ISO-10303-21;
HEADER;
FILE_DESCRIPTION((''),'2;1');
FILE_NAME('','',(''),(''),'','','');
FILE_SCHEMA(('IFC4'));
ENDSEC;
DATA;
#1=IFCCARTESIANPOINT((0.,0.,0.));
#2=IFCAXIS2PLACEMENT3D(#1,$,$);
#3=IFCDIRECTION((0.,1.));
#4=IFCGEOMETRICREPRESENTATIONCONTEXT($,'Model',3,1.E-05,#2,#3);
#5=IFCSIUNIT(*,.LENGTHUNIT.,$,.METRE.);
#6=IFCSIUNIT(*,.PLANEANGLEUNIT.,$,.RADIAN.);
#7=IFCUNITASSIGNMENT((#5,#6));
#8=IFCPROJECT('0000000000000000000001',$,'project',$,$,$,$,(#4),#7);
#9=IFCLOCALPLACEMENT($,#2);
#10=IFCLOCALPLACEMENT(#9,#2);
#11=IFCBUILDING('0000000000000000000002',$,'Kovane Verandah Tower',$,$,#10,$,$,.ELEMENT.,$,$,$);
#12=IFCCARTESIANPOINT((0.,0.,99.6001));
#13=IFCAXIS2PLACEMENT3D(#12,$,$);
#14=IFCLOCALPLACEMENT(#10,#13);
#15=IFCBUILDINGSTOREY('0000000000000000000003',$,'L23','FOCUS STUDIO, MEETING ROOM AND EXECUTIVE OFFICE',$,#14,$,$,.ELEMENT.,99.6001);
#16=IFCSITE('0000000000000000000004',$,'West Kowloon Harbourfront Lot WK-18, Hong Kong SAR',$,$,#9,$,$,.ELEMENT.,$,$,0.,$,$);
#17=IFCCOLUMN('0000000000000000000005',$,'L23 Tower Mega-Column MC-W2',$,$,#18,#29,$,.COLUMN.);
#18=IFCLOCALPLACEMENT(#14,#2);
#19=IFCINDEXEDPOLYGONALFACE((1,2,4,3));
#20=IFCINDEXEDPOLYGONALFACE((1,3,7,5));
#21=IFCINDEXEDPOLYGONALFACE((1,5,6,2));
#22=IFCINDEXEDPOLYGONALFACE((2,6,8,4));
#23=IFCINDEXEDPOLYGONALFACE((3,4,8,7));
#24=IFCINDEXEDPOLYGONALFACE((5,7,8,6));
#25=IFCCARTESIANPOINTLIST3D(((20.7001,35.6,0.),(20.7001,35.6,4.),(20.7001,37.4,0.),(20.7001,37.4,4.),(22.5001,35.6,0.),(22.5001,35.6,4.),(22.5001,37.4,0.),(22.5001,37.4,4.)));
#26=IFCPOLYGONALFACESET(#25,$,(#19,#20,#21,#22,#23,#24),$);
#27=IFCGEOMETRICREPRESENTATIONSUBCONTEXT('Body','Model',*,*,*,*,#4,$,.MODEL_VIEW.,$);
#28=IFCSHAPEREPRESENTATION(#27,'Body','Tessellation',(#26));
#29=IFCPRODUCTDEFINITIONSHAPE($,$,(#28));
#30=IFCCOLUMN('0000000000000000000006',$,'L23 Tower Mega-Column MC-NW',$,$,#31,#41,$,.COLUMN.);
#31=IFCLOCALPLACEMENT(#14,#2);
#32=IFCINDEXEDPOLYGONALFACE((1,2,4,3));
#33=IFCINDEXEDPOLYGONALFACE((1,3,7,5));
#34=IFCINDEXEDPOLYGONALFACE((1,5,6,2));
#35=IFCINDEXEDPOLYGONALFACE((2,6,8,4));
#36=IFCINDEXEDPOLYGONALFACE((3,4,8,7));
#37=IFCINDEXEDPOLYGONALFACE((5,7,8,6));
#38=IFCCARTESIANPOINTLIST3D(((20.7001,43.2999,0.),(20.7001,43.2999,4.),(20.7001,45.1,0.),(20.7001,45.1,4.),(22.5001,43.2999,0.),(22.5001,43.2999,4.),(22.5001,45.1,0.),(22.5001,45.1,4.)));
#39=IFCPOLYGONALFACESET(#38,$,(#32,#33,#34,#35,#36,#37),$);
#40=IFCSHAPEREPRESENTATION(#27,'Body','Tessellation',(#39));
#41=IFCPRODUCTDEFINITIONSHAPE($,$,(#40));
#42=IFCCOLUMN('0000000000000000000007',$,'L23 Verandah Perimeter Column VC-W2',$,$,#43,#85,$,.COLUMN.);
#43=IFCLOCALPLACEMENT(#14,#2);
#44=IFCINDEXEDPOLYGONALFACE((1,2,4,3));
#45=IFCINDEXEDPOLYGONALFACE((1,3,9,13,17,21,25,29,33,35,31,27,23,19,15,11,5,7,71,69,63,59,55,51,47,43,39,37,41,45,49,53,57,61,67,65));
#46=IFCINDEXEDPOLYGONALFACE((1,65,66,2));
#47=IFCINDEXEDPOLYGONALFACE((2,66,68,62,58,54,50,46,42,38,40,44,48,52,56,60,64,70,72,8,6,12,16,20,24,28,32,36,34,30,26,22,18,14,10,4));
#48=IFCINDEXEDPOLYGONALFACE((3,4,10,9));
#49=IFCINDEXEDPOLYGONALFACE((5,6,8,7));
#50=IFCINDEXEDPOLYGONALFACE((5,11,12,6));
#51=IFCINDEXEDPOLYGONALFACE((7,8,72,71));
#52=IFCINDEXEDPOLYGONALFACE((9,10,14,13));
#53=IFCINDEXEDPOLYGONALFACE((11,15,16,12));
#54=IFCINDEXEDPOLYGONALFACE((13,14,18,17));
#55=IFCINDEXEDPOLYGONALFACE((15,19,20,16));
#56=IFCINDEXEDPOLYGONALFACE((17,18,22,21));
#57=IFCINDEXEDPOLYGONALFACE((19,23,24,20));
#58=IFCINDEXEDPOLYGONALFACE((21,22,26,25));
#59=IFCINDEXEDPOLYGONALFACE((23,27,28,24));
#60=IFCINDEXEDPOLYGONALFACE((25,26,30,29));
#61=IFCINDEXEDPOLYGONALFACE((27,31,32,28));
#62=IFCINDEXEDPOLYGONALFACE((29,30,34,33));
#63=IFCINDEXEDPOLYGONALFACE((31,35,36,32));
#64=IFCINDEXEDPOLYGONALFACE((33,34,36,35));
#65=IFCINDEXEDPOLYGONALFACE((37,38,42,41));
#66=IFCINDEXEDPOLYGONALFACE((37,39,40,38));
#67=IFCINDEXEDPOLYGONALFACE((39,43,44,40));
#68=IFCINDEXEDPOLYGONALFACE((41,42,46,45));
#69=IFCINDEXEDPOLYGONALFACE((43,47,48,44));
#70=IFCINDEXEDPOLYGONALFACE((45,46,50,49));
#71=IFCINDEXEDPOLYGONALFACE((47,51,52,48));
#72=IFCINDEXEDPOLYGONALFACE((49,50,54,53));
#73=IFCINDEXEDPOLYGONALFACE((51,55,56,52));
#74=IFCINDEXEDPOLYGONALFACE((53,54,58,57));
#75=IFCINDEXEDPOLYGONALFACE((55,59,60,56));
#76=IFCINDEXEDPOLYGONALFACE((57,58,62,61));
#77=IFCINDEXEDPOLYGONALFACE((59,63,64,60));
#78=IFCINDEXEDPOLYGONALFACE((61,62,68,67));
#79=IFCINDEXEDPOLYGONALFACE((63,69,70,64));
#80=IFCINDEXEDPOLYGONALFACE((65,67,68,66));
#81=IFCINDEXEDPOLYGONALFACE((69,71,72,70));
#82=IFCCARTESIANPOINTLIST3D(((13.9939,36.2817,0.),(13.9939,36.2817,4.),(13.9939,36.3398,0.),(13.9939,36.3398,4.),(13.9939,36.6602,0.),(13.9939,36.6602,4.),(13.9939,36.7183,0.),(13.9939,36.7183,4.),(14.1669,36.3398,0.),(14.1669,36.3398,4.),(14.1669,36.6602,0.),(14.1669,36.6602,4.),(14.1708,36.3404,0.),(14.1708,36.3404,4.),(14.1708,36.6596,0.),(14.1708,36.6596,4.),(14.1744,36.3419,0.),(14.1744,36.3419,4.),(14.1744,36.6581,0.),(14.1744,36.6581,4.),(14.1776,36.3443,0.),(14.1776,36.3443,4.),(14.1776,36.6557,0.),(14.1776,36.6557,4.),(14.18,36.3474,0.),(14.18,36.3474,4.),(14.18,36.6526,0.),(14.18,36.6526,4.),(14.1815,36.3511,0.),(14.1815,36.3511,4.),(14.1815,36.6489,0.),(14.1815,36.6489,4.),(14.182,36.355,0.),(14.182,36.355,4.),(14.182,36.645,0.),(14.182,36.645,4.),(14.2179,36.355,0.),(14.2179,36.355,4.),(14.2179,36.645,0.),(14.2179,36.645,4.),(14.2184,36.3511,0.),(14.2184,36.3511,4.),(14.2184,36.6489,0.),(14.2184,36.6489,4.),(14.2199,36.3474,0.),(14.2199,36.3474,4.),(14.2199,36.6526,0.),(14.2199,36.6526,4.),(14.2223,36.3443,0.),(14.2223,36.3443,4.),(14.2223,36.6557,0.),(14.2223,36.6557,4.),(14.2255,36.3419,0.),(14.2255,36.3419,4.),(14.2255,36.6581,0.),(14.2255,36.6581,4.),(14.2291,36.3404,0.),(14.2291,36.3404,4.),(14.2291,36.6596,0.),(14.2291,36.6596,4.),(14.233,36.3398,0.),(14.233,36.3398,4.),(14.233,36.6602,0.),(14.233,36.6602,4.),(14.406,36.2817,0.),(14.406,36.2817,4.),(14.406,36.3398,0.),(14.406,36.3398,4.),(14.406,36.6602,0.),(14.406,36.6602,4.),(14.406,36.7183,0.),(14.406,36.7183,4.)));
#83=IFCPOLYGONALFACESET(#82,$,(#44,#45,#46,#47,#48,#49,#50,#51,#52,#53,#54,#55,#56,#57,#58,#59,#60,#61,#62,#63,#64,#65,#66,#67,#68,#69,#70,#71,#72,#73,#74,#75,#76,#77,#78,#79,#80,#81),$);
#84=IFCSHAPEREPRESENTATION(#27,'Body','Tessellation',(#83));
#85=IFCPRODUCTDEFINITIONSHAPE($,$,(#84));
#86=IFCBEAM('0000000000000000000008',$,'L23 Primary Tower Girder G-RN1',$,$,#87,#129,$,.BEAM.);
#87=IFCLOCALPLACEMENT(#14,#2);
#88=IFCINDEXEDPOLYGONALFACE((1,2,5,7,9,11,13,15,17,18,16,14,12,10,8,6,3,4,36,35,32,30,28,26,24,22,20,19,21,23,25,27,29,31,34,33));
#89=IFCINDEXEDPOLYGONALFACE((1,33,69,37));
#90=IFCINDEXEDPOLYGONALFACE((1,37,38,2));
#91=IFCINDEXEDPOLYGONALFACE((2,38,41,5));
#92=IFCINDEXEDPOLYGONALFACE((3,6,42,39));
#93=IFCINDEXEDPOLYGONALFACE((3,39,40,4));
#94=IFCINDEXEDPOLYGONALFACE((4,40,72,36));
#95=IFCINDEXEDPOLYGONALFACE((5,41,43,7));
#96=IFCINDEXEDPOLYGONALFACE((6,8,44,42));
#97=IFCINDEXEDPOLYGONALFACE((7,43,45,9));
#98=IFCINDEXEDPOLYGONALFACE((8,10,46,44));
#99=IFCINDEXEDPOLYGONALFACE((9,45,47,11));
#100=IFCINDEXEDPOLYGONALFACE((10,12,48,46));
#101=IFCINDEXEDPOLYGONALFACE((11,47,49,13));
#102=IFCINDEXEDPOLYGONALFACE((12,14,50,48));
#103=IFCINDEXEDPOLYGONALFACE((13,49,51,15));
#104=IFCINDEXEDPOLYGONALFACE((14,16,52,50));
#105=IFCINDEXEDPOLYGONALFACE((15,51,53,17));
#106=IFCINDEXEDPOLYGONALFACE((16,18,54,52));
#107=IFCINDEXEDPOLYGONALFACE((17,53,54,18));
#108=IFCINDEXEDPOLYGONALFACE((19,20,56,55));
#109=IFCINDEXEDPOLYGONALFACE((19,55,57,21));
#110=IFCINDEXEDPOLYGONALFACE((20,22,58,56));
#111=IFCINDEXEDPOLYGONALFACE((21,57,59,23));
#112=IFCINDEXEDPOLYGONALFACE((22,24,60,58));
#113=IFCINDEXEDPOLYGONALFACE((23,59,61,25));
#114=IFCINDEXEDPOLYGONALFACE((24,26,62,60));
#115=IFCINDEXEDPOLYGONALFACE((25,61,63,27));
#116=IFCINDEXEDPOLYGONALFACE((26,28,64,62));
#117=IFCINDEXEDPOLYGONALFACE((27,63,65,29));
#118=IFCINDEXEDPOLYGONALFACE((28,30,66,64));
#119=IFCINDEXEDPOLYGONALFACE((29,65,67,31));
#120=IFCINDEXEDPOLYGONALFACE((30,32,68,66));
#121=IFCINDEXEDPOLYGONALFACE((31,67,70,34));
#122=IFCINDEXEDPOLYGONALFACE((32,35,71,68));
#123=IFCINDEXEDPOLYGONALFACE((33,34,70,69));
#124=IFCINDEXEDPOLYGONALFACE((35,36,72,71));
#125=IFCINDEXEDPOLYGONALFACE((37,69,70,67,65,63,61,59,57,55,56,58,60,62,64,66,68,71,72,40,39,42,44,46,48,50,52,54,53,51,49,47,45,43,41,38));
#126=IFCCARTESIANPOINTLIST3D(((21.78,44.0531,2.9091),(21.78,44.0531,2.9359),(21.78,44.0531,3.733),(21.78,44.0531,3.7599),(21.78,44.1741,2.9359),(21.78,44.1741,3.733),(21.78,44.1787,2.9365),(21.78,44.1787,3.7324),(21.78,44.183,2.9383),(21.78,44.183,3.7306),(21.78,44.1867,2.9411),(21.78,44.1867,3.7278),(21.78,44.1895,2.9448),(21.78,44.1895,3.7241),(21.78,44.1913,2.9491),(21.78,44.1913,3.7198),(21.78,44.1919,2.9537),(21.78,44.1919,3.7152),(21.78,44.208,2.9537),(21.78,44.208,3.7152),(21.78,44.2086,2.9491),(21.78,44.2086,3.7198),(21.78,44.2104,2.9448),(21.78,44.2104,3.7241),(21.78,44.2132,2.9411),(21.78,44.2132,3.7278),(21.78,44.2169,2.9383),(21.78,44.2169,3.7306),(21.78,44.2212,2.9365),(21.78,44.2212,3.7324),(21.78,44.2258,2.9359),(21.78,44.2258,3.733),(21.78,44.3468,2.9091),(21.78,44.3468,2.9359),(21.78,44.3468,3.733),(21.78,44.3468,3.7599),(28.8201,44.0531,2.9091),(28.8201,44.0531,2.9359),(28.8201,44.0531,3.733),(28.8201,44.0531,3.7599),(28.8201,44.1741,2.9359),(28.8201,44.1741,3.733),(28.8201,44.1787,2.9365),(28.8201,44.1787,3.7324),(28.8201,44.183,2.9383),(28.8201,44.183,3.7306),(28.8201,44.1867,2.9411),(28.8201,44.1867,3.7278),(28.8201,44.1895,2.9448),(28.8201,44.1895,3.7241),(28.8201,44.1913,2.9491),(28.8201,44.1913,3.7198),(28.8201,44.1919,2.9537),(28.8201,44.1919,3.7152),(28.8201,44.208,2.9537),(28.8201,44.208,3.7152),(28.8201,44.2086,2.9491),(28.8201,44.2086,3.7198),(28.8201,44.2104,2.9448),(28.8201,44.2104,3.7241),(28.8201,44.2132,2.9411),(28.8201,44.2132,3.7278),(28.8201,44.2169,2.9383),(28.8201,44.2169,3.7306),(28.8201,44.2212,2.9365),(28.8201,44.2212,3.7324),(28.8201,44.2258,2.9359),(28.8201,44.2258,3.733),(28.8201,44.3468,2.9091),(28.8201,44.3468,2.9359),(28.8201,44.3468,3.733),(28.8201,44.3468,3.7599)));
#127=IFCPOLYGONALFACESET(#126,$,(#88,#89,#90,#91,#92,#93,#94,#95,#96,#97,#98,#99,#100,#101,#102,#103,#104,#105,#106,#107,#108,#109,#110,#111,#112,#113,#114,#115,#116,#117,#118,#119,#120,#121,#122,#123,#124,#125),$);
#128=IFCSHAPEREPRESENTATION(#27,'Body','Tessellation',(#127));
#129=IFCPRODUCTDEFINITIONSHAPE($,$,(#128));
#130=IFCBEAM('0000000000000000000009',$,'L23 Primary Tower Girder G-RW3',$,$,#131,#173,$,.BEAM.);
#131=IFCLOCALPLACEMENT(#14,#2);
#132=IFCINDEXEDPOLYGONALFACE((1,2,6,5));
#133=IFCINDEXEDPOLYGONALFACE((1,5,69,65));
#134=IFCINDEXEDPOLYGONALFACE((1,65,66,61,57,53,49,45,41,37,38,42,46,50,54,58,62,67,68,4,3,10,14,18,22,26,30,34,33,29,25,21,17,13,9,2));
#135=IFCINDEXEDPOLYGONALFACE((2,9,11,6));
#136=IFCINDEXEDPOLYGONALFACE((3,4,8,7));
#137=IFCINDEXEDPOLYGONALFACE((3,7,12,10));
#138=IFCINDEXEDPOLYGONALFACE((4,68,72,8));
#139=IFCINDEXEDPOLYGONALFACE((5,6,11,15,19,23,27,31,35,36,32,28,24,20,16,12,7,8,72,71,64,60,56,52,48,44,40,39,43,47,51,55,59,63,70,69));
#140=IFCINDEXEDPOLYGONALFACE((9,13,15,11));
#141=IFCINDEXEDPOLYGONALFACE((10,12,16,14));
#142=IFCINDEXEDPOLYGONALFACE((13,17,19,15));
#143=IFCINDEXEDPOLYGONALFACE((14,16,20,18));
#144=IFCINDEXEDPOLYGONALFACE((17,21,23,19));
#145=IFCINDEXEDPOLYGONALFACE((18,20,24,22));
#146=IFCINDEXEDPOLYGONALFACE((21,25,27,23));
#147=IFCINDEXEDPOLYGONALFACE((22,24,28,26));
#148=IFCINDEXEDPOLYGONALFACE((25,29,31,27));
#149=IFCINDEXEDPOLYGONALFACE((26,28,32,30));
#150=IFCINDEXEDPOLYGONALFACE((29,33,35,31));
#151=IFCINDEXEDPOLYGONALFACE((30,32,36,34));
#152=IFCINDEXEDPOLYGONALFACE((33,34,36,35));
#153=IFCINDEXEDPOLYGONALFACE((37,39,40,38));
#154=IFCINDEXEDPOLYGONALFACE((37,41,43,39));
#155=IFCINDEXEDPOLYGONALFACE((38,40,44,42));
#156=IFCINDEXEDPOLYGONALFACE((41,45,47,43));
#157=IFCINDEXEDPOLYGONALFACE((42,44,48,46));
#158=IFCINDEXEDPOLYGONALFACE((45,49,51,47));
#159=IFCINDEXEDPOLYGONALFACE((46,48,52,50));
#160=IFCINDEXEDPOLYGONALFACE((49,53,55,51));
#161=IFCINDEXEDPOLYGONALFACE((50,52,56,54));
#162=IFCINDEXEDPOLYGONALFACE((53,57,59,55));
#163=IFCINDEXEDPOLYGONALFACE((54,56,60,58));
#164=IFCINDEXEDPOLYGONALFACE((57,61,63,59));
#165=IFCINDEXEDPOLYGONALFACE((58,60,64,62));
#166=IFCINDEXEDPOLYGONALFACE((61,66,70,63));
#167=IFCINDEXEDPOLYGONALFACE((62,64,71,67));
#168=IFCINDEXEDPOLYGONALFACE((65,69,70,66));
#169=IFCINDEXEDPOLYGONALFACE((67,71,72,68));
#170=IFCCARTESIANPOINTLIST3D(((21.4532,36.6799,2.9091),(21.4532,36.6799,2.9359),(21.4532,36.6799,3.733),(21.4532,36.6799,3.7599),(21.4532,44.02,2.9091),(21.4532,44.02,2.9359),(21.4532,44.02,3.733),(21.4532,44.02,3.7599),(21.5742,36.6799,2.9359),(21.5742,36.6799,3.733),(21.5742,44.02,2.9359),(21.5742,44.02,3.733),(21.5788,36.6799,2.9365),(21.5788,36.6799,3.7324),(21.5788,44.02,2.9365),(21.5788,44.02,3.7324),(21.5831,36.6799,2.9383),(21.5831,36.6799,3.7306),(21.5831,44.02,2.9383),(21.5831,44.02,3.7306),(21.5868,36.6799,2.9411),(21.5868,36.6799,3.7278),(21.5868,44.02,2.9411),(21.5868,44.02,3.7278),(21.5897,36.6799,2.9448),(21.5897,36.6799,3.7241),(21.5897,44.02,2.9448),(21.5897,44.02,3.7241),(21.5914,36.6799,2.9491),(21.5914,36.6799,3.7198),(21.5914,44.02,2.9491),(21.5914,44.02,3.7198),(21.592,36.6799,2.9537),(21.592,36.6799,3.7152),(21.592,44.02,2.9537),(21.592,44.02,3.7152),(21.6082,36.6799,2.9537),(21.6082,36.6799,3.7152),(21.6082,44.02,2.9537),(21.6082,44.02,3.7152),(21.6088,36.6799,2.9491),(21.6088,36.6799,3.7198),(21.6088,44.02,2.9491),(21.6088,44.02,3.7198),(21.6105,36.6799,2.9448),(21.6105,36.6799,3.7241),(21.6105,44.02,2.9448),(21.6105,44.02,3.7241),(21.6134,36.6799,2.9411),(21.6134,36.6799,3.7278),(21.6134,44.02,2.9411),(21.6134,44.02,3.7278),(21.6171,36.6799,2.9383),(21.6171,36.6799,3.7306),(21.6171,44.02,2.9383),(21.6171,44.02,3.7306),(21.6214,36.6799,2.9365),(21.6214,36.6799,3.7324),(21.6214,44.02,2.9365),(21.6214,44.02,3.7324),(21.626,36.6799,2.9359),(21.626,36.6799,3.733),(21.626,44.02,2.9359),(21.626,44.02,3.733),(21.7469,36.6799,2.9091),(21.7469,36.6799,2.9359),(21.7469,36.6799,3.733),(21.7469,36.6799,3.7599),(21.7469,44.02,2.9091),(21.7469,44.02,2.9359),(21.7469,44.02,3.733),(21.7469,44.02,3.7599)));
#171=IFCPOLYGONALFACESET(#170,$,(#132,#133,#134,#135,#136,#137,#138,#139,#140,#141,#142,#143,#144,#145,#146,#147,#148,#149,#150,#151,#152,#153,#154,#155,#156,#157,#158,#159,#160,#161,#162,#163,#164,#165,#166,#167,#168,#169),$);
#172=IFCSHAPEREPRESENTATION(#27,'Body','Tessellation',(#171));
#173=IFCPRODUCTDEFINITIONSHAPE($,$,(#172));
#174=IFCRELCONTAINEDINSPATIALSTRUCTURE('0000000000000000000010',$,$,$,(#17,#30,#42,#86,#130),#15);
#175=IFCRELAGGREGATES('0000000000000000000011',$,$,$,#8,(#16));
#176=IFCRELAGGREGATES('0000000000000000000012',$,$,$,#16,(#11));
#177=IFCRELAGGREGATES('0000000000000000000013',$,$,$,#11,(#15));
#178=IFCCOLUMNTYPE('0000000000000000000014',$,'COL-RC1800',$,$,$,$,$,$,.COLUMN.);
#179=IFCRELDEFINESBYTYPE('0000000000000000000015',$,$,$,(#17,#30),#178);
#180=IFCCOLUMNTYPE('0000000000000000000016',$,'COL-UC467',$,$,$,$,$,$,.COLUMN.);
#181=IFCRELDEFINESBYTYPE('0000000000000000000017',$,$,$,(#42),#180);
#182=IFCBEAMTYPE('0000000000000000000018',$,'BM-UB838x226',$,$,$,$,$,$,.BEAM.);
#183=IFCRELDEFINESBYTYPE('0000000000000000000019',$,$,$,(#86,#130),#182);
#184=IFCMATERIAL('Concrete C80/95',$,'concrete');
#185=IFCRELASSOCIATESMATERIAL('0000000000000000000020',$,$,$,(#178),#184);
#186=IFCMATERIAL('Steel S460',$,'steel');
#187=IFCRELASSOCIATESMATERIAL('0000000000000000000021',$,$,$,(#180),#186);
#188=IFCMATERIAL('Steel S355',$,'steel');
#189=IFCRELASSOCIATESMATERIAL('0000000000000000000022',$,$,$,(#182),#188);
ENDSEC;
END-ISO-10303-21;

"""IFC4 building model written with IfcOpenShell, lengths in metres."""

from ifc_helpers import new_model, si_unit, direction, frame, origin, origin_2d, place, context, subcontext, project, spatial, rectangle, i_section, extrude, material, material_profile, profile_set, type_object, element, save


model = new_model("IFC4")

# Units and contexts
model_context = context("Model", 3, precision=1e-05, world=origin(), true_north=direction((0.0, 1.0)))
body_context = subcontext(model_context, "Body", "Model", "MODEL_VIEW")
ifc_project = project(units=[si_unit("LENGTHUNIT", "METRE"), si_unit("PLANEANGLEUNIT", "RADIAN")], contexts=[model_context])

# Site, building, storey
site_placement = place(None, origin())
site = spatial("IfcSite", under=ifc_project, at=site_placement, Name="West Kowloon Harbourfront Lot WK-18, Hong Kong SAR", CompositionType="ELEMENT", RefElevation=0.0)
building_placement = place(site_placement, origin())
building = spatial("IfcBuilding", under=site, at=building_placement, Name="Kovane Verandah Tower", CompositionType="ELEMENT")
storey_placement = place(building_placement, frame((0.0, 0.0, 99.6001)))
storey = spatial("IfcBuildingStorey", under=building, at=storey_placement, Name="L23", Description="FOCUS STUDIO, MEETING ROOM AND EXECUTIVE OFFICE", CompositionType="ELEMENT", Elevation=99.6001)

# Columns
ifc_material_1 = material(Name="Concrete C80/95", Category="concrete")
ifc_material_profile_1 = material_profile(ifc_material_1, rectangle(XDim=1.8, YDim=1.8, at=origin_2d()), Name="RC1800x1800")
ifc_profile_set_1 = profile_set([ifc_material_profile_1], Name="Concrete C80/95")
column_type_1 = type_object("IfcColumnType", Name="COL-RC1800", PredefinedType="COLUMN", material=ifc_profile_set_1)
for number, where, z_axis, x_axis, name in (
    (1, (21.6001, 36.5, 0.0), (0.0, 0.0, 1.0), (1.0, 0.0, 0.0), "L23 Tower Mega-Column MC-W2"),
    (2, (21.6001, 44.2, 0.0), (0.0, 0.0, 1.0), (1.0, 0.0, 0.0), "L23 Tower Mega-Column MC-NW"),
):
    element("IfcColumn", number, at=place(storey_placement, frame(where, z_axis=z_axis, x_axis=x_axis)), inside=storey, type_object=column_type_1, Name=name, PredefinedType="COLUMN", context=body_context, shape_type="SweptSolid", body=[
        extrude(rectangle(XDim=1.8, YDim=1.8, at=origin_2d()), origin(), (0.0, 0.0, 1.0), 4.0),
    ])
ifc_material_2 = material(Name="Steel S460", Category="steel")
ifc_material_profile_2 = material_profile(ifc_material_2, i_section(OverallWidth=0.4121, OverallDepth=0.4365, WebThickness=0.0359, FlangeThickness=0.0581, FilletRadius=0.0151, at=origin_2d()), Name="UC356x406x467")
ifc_profile_set_2 = profile_set([ifc_material_profile_2], Name="Steel S460")
column_type_2 = type_object("IfcColumnType", Name="COL-UC467", PredefinedType="COLUMN", material=ifc_profile_set_2)
column_placement = place(storey_placement, frame((14.2, 36.5, 0.0), z_axis=(0.0, 0.0, 1.0), x_axis=(1.0, 0.0, 0.0)))
element("IfcColumn", 3, at=column_placement, inside=storey, type_object=column_type_2, Name="L23 Verandah Perimeter Column VC-W2", PredefinedType="COLUMN", context=body_context, shape_type="SweptSolid", body=[
    extrude(i_section(OverallWidth=0.4121, OverallDepth=0.4365, WebThickness=0.0359, FlangeThickness=0.0581, FilletRadius=0.0151, at=origin_2d()), origin(), (0.0, 0.0, 1.0), 4.0),
])

# Beams
ifc_material_3 = material(Name="Steel S355", Category="steel")
ifc_material_profile_3 = material_profile(ifc_material_3, i_section(OverallWidth=0.2937, OverallDepth=0.8508, WebThickness=0.0161, FlangeThickness=0.0269, FilletRadius=0.0178, at=origin_2d()), Name="UB838x292x226")
ifc_profile_set_3 = profile_set([ifc_material_profile_3], Name="Steel S355")
beam_type_1 = type_object("IfcBeamType", Name="BM-UB838x226", PredefinedType="BEAM", material=ifc_profile_set_3)
beam_1_placement = place(storey_placement, frame((21.78, 44.2, 3.3345), z_axis=(1.0, 0.0, 0.0), x_axis=(0.0, 1.0, 0.0)))
element("IfcBeam", 4, at=beam_1_placement, inside=storey, type_object=beam_type_1, Name="L23 Primary Tower Girder G-RN1", PredefinedType="BEAM", context=body_context, shape_type="SweptSolid", body=[
    extrude(i_section(OverallWidth=0.2937, OverallDepth=0.8508, WebThickness=0.0161, FlangeThickness=0.0269, FilletRadius=0.0178, at=origin_2d()), origin(), (0.0, 0.0, 1.0), 7.04),
])
beam_2_placement = place(storey_placement, frame((21.6001, 36.6799, 3.3345), z_axis=(0.0, 1.0, 0.0), x_axis=(-1.0, 0.0, 0.0)))
element("IfcBeam", 5, at=beam_2_placement, inside=storey, type_object=beam_type_1, Name="L23 Primary Tower Girder G-RW3", PredefinedType="BEAM", context=body_context, shape_type="SweptSolid", body=[
    extrude(i_section(OverallWidth=0.2937, OverallDepth=0.8508, WebThickness=0.0161, FlangeThickness=0.0269, FilletRadius=0.0178, at=origin_2d()), origin(), (0.0, 0.0, 1.0), 7.3401),
])

save(model, "model.ifc")
